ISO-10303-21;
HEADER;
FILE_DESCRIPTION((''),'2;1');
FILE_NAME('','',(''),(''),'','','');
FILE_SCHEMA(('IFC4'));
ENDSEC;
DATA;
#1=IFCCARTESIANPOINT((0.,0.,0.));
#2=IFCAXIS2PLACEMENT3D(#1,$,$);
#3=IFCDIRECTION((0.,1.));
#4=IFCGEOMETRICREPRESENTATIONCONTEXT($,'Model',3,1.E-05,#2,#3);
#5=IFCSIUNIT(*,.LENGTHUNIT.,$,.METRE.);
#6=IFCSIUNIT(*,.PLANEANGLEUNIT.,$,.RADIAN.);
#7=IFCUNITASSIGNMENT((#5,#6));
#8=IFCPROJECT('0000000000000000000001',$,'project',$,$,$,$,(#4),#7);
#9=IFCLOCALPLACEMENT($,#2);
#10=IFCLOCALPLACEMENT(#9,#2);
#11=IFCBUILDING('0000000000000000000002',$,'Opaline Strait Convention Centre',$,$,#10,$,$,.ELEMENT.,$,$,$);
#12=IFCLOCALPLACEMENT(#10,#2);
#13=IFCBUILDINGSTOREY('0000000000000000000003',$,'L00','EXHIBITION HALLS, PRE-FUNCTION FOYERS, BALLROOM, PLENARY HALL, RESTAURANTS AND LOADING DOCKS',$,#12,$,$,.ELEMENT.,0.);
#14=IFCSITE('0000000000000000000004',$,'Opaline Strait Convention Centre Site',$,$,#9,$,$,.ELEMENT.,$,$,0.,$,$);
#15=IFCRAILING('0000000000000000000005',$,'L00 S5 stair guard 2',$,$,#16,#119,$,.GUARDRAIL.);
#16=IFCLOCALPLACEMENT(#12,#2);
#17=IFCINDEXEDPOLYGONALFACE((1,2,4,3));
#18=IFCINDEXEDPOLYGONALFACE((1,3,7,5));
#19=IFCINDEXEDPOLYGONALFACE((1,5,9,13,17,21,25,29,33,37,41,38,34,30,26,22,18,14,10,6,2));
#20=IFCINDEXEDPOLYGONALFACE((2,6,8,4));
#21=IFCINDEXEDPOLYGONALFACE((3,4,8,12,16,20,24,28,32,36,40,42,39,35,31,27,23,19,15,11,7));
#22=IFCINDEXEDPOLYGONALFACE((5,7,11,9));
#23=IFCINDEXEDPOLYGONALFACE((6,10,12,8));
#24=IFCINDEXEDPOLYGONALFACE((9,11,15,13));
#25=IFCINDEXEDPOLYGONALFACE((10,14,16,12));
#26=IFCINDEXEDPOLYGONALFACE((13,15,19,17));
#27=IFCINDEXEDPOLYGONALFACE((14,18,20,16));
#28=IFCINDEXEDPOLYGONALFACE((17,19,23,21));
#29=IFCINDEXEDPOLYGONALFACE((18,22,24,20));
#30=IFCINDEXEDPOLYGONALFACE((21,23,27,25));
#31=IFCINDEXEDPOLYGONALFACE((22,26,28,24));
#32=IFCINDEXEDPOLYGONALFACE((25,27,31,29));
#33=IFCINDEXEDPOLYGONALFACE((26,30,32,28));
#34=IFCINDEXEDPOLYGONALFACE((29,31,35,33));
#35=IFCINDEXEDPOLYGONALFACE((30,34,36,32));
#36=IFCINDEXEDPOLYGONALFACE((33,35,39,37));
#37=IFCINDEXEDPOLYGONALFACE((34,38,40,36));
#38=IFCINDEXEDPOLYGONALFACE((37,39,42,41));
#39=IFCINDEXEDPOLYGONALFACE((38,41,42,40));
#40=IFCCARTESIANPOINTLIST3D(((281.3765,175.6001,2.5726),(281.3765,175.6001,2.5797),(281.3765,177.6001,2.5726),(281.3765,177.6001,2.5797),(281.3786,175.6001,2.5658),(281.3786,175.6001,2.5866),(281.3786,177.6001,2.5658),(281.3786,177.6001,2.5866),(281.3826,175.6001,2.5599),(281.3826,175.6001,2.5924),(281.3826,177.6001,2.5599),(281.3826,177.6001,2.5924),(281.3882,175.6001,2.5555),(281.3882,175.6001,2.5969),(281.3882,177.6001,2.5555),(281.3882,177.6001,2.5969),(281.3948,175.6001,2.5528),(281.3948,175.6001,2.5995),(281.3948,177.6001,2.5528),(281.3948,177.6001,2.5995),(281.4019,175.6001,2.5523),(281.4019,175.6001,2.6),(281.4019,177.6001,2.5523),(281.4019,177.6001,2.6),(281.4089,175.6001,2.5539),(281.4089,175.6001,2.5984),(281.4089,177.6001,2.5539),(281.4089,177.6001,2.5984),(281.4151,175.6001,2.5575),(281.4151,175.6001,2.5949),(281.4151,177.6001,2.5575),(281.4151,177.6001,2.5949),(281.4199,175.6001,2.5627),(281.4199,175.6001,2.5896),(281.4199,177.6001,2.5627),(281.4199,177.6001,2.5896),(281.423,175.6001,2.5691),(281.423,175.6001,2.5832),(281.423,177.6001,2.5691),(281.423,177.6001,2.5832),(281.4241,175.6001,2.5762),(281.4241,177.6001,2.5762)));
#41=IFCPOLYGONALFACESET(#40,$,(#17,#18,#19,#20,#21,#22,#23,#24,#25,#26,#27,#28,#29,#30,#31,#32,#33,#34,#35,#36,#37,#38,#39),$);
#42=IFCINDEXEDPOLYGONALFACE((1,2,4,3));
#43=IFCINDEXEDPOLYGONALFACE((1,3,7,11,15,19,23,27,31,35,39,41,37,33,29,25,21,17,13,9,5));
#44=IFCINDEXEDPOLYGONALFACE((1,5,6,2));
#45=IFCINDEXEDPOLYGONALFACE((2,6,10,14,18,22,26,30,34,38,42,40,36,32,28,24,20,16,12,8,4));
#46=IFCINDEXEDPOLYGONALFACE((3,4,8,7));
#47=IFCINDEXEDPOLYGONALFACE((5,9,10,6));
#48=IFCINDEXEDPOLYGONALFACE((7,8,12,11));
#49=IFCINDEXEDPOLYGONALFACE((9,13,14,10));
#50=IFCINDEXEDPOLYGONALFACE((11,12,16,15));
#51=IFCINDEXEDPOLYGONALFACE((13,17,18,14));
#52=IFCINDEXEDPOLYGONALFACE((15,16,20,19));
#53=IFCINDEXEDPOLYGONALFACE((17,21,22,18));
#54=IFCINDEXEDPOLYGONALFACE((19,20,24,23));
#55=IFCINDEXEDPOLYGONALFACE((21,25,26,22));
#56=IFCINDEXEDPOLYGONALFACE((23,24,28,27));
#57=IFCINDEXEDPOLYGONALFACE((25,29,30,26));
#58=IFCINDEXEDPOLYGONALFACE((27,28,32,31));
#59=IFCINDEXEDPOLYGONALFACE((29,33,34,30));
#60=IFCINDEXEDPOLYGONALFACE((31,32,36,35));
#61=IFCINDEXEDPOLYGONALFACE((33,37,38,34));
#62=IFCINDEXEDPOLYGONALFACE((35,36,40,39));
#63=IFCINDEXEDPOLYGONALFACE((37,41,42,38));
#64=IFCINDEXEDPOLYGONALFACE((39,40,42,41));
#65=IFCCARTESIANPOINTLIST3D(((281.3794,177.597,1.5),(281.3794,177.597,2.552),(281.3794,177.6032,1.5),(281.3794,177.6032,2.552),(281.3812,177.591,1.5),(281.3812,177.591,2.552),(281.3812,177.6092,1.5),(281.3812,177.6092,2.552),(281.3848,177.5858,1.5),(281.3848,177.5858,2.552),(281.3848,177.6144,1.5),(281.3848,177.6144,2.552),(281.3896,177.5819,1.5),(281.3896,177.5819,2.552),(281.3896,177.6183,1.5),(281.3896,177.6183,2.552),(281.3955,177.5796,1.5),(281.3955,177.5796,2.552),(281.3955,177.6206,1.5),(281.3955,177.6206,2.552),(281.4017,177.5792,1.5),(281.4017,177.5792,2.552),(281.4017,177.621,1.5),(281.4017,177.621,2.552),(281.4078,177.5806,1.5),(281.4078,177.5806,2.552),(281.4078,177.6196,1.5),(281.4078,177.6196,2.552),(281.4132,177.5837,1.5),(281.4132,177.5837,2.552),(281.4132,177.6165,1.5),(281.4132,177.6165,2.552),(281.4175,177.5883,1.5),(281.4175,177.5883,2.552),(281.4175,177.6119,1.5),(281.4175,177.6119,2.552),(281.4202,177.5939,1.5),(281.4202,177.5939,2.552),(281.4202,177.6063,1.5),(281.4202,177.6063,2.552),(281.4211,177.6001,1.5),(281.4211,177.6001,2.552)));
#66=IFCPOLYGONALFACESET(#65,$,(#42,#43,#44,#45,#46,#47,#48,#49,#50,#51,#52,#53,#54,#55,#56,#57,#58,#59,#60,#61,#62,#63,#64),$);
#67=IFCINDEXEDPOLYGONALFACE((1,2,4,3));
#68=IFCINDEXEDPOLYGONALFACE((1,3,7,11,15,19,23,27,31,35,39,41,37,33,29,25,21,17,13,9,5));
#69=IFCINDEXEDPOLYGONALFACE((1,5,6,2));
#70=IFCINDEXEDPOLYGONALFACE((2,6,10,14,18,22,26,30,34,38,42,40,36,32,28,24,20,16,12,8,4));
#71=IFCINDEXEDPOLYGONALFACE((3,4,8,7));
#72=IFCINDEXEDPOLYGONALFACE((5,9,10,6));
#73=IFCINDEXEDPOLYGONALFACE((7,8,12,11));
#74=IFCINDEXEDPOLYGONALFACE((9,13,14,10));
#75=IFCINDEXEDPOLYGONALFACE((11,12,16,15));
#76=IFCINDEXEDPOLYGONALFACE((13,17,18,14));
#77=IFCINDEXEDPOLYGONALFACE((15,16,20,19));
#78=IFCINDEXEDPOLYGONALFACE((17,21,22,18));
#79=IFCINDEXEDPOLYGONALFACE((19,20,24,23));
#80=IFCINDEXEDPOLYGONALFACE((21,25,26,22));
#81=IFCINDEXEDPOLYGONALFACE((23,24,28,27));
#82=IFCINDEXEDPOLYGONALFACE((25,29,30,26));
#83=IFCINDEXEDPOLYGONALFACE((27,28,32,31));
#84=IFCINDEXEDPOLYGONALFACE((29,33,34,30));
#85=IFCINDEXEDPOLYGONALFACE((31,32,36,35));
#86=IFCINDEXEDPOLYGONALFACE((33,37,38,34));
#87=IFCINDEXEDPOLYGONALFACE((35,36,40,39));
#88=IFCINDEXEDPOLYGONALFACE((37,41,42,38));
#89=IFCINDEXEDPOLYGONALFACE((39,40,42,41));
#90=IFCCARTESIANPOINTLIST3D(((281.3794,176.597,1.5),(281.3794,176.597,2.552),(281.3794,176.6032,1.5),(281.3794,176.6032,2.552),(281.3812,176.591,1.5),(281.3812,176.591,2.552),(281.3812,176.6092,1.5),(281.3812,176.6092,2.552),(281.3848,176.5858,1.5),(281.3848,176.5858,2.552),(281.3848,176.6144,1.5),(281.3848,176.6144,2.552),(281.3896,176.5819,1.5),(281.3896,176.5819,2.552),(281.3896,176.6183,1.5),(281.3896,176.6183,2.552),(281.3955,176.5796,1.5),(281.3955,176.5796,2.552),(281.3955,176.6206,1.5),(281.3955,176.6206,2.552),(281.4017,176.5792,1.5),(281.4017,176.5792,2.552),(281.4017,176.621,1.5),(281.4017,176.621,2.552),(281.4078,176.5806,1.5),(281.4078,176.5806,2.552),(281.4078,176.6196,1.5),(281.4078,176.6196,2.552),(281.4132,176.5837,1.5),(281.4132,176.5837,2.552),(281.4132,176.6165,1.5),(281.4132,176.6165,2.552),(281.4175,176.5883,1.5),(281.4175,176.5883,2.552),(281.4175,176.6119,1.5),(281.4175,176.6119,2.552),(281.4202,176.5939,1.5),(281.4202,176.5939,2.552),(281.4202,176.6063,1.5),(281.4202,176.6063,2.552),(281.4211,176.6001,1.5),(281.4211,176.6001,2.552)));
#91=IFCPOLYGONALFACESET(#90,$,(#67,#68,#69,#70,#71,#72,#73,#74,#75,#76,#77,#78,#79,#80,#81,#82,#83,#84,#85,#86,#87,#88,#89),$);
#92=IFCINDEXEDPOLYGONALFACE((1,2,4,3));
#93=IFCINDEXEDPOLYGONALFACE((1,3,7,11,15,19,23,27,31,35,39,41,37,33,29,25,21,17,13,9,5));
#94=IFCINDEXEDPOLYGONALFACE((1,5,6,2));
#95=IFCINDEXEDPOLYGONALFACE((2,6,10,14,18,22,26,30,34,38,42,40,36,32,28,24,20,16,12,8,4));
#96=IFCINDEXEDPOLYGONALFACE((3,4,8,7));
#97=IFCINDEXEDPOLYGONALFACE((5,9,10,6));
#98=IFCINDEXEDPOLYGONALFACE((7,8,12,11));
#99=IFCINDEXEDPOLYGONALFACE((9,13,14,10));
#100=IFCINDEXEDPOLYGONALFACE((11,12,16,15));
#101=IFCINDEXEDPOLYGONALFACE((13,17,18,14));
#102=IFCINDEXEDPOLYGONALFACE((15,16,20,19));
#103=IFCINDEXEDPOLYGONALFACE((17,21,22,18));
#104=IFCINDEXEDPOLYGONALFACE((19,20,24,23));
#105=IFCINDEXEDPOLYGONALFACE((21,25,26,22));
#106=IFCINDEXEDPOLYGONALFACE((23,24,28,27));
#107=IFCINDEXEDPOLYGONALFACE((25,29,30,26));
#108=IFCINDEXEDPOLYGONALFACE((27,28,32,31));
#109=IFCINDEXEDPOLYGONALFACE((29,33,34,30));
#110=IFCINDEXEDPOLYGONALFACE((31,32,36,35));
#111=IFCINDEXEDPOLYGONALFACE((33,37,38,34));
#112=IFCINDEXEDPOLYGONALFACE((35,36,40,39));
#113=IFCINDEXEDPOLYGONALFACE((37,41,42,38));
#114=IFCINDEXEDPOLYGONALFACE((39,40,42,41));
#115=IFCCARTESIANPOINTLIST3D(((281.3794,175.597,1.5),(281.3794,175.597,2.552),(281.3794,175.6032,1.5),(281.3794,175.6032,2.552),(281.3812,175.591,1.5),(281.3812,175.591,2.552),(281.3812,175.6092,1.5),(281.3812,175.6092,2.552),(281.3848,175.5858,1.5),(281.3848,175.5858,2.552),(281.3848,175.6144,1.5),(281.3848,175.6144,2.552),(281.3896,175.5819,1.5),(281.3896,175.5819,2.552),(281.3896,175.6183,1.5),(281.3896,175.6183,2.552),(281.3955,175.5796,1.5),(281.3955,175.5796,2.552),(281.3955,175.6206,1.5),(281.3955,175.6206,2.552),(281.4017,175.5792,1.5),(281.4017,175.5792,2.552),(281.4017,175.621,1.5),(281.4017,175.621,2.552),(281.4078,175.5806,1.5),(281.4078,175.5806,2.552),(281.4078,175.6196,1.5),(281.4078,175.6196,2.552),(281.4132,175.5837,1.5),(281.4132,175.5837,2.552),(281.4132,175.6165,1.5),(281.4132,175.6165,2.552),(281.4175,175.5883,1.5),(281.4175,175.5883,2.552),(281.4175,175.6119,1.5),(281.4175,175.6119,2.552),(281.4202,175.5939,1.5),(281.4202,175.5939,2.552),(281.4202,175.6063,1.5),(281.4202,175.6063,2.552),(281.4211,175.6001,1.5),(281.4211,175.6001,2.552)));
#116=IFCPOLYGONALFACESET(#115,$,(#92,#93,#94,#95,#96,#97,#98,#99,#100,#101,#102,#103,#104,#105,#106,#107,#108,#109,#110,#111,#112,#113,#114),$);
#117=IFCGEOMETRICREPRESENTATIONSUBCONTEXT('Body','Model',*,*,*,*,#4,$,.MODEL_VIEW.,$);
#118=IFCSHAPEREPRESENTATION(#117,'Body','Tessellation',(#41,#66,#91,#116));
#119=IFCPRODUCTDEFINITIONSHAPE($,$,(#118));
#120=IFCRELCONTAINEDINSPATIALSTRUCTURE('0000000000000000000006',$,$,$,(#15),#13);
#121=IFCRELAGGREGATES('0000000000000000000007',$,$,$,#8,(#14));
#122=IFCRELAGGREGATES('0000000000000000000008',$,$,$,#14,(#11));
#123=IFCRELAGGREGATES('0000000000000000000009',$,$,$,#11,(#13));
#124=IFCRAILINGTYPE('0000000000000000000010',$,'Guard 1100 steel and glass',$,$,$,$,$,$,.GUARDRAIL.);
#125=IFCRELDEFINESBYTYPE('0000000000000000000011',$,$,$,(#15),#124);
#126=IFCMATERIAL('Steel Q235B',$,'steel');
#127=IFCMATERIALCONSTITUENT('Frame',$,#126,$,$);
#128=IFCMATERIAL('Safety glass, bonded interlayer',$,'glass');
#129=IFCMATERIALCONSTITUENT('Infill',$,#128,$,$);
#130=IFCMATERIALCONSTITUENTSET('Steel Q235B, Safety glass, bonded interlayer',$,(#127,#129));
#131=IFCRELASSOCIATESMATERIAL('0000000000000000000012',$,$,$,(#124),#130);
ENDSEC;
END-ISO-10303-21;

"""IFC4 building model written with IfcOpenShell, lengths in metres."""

from ifc_helpers import new_model, si_unit, direction, frame, origin, origin_2d, place, context, subcontext, project, spatial, circle, extrude, material, constituent, constituent_set, type_object, element, save


model = new_model("IFC4")

# Units and contexts
model_context = context("Model", 3, precision=1e-05, world=origin(), true_north=direction((0.0, 1.0)))
body_context = subcontext(model_context, "Body", "Model", "MODEL_VIEW")
ifc_project = project(units=[si_unit("LENGTHUNIT", "METRE"), si_unit("PLANEANGLEUNIT", "RADIAN")], contexts=[model_context])

# Site, building, storey
site_placement = place(None, origin())
site = spatial("IfcSite", under=ifc_project, at=site_placement, Name="Opaline Strait Convention Centre Site", CompositionType="ELEMENT", RefElevation=0.0)
building_placement = place(site_placement, origin())
building = spatial("IfcBuilding", under=site, at=building_placement, Name="Opaline Strait Convention Centre", CompositionType="ELEMENT")
storey_placement = place(building_placement, origin())
storey = spatial("IfcBuildingStorey", under=building, at=storey_placement, Name="L00", Description="EXHIBITION HALLS, PRE-FUNCTION FOYERS, BALLROOM, PLENARY HALL, RESTAURANTS AND LOADING DOCKS", CompositionType="ELEMENT", Elevation=0.0)

# Railing
ifc_material_1 = material(Name="Steel Q235B", Category="steel")
ifc_constituent_1 = constituent(ifc_material_1, Name="Frame")
ifc_material_2 = material(Name="Safety glass, bonded interlayer", Category="glass")
ifc_constituent_2 = constituent(ifc_material_2, Name="Infill")
ifc_constituent_set = constituent_set(constituents=[ifc_constituent_1, ifc_constituent_2], Name="Steel Q235B, Safety glass, bonded interlayer")
railing_type_1 = type_object("IfcRailingType", Name="Guard 1100 steel and glass", PredefinedType="GUARDRAIL", material=ifc_constituent_set)
railing_1_placement = place(storey_placement, frame((281.4001, 177.6001, 1.5)))
element("IfcRailing", 1, at=railing_1_placement, inside=storey, type_object=railing_type_1, Name="L00 S5 stair guard 2", PredefinedType="GUARDRAIL", context=body_context, shape_type="SweptSolid", body=[
    extrude(circle(Radius=0.0239, at=origin_2d()), frame((0.0, 0.0, 1.0762), z_axis=(0.0, -1.0, 0.0), x_axis=(1.0, 0.0, 0.0)), (0.0, 0.0, 1.0), 2.0),
    extrude(circle(Radius=0.021, at=origin_2d()), origin(), (0.0, 0.0, 1.0), 1.052),
    extrude(circle(Radius=0.021, at=origin_2d()), frame((0.0, -1.0, 0.0)), (0.0, 0.0, 1.0), 1.052),
    extrude(circle(Radius=0.021, at=origin_2d()), frame((0.0, -2.0, 0.0)), (0.0, 0.0, 1.0), 1.052),
])

save(model, "model.ifc")
